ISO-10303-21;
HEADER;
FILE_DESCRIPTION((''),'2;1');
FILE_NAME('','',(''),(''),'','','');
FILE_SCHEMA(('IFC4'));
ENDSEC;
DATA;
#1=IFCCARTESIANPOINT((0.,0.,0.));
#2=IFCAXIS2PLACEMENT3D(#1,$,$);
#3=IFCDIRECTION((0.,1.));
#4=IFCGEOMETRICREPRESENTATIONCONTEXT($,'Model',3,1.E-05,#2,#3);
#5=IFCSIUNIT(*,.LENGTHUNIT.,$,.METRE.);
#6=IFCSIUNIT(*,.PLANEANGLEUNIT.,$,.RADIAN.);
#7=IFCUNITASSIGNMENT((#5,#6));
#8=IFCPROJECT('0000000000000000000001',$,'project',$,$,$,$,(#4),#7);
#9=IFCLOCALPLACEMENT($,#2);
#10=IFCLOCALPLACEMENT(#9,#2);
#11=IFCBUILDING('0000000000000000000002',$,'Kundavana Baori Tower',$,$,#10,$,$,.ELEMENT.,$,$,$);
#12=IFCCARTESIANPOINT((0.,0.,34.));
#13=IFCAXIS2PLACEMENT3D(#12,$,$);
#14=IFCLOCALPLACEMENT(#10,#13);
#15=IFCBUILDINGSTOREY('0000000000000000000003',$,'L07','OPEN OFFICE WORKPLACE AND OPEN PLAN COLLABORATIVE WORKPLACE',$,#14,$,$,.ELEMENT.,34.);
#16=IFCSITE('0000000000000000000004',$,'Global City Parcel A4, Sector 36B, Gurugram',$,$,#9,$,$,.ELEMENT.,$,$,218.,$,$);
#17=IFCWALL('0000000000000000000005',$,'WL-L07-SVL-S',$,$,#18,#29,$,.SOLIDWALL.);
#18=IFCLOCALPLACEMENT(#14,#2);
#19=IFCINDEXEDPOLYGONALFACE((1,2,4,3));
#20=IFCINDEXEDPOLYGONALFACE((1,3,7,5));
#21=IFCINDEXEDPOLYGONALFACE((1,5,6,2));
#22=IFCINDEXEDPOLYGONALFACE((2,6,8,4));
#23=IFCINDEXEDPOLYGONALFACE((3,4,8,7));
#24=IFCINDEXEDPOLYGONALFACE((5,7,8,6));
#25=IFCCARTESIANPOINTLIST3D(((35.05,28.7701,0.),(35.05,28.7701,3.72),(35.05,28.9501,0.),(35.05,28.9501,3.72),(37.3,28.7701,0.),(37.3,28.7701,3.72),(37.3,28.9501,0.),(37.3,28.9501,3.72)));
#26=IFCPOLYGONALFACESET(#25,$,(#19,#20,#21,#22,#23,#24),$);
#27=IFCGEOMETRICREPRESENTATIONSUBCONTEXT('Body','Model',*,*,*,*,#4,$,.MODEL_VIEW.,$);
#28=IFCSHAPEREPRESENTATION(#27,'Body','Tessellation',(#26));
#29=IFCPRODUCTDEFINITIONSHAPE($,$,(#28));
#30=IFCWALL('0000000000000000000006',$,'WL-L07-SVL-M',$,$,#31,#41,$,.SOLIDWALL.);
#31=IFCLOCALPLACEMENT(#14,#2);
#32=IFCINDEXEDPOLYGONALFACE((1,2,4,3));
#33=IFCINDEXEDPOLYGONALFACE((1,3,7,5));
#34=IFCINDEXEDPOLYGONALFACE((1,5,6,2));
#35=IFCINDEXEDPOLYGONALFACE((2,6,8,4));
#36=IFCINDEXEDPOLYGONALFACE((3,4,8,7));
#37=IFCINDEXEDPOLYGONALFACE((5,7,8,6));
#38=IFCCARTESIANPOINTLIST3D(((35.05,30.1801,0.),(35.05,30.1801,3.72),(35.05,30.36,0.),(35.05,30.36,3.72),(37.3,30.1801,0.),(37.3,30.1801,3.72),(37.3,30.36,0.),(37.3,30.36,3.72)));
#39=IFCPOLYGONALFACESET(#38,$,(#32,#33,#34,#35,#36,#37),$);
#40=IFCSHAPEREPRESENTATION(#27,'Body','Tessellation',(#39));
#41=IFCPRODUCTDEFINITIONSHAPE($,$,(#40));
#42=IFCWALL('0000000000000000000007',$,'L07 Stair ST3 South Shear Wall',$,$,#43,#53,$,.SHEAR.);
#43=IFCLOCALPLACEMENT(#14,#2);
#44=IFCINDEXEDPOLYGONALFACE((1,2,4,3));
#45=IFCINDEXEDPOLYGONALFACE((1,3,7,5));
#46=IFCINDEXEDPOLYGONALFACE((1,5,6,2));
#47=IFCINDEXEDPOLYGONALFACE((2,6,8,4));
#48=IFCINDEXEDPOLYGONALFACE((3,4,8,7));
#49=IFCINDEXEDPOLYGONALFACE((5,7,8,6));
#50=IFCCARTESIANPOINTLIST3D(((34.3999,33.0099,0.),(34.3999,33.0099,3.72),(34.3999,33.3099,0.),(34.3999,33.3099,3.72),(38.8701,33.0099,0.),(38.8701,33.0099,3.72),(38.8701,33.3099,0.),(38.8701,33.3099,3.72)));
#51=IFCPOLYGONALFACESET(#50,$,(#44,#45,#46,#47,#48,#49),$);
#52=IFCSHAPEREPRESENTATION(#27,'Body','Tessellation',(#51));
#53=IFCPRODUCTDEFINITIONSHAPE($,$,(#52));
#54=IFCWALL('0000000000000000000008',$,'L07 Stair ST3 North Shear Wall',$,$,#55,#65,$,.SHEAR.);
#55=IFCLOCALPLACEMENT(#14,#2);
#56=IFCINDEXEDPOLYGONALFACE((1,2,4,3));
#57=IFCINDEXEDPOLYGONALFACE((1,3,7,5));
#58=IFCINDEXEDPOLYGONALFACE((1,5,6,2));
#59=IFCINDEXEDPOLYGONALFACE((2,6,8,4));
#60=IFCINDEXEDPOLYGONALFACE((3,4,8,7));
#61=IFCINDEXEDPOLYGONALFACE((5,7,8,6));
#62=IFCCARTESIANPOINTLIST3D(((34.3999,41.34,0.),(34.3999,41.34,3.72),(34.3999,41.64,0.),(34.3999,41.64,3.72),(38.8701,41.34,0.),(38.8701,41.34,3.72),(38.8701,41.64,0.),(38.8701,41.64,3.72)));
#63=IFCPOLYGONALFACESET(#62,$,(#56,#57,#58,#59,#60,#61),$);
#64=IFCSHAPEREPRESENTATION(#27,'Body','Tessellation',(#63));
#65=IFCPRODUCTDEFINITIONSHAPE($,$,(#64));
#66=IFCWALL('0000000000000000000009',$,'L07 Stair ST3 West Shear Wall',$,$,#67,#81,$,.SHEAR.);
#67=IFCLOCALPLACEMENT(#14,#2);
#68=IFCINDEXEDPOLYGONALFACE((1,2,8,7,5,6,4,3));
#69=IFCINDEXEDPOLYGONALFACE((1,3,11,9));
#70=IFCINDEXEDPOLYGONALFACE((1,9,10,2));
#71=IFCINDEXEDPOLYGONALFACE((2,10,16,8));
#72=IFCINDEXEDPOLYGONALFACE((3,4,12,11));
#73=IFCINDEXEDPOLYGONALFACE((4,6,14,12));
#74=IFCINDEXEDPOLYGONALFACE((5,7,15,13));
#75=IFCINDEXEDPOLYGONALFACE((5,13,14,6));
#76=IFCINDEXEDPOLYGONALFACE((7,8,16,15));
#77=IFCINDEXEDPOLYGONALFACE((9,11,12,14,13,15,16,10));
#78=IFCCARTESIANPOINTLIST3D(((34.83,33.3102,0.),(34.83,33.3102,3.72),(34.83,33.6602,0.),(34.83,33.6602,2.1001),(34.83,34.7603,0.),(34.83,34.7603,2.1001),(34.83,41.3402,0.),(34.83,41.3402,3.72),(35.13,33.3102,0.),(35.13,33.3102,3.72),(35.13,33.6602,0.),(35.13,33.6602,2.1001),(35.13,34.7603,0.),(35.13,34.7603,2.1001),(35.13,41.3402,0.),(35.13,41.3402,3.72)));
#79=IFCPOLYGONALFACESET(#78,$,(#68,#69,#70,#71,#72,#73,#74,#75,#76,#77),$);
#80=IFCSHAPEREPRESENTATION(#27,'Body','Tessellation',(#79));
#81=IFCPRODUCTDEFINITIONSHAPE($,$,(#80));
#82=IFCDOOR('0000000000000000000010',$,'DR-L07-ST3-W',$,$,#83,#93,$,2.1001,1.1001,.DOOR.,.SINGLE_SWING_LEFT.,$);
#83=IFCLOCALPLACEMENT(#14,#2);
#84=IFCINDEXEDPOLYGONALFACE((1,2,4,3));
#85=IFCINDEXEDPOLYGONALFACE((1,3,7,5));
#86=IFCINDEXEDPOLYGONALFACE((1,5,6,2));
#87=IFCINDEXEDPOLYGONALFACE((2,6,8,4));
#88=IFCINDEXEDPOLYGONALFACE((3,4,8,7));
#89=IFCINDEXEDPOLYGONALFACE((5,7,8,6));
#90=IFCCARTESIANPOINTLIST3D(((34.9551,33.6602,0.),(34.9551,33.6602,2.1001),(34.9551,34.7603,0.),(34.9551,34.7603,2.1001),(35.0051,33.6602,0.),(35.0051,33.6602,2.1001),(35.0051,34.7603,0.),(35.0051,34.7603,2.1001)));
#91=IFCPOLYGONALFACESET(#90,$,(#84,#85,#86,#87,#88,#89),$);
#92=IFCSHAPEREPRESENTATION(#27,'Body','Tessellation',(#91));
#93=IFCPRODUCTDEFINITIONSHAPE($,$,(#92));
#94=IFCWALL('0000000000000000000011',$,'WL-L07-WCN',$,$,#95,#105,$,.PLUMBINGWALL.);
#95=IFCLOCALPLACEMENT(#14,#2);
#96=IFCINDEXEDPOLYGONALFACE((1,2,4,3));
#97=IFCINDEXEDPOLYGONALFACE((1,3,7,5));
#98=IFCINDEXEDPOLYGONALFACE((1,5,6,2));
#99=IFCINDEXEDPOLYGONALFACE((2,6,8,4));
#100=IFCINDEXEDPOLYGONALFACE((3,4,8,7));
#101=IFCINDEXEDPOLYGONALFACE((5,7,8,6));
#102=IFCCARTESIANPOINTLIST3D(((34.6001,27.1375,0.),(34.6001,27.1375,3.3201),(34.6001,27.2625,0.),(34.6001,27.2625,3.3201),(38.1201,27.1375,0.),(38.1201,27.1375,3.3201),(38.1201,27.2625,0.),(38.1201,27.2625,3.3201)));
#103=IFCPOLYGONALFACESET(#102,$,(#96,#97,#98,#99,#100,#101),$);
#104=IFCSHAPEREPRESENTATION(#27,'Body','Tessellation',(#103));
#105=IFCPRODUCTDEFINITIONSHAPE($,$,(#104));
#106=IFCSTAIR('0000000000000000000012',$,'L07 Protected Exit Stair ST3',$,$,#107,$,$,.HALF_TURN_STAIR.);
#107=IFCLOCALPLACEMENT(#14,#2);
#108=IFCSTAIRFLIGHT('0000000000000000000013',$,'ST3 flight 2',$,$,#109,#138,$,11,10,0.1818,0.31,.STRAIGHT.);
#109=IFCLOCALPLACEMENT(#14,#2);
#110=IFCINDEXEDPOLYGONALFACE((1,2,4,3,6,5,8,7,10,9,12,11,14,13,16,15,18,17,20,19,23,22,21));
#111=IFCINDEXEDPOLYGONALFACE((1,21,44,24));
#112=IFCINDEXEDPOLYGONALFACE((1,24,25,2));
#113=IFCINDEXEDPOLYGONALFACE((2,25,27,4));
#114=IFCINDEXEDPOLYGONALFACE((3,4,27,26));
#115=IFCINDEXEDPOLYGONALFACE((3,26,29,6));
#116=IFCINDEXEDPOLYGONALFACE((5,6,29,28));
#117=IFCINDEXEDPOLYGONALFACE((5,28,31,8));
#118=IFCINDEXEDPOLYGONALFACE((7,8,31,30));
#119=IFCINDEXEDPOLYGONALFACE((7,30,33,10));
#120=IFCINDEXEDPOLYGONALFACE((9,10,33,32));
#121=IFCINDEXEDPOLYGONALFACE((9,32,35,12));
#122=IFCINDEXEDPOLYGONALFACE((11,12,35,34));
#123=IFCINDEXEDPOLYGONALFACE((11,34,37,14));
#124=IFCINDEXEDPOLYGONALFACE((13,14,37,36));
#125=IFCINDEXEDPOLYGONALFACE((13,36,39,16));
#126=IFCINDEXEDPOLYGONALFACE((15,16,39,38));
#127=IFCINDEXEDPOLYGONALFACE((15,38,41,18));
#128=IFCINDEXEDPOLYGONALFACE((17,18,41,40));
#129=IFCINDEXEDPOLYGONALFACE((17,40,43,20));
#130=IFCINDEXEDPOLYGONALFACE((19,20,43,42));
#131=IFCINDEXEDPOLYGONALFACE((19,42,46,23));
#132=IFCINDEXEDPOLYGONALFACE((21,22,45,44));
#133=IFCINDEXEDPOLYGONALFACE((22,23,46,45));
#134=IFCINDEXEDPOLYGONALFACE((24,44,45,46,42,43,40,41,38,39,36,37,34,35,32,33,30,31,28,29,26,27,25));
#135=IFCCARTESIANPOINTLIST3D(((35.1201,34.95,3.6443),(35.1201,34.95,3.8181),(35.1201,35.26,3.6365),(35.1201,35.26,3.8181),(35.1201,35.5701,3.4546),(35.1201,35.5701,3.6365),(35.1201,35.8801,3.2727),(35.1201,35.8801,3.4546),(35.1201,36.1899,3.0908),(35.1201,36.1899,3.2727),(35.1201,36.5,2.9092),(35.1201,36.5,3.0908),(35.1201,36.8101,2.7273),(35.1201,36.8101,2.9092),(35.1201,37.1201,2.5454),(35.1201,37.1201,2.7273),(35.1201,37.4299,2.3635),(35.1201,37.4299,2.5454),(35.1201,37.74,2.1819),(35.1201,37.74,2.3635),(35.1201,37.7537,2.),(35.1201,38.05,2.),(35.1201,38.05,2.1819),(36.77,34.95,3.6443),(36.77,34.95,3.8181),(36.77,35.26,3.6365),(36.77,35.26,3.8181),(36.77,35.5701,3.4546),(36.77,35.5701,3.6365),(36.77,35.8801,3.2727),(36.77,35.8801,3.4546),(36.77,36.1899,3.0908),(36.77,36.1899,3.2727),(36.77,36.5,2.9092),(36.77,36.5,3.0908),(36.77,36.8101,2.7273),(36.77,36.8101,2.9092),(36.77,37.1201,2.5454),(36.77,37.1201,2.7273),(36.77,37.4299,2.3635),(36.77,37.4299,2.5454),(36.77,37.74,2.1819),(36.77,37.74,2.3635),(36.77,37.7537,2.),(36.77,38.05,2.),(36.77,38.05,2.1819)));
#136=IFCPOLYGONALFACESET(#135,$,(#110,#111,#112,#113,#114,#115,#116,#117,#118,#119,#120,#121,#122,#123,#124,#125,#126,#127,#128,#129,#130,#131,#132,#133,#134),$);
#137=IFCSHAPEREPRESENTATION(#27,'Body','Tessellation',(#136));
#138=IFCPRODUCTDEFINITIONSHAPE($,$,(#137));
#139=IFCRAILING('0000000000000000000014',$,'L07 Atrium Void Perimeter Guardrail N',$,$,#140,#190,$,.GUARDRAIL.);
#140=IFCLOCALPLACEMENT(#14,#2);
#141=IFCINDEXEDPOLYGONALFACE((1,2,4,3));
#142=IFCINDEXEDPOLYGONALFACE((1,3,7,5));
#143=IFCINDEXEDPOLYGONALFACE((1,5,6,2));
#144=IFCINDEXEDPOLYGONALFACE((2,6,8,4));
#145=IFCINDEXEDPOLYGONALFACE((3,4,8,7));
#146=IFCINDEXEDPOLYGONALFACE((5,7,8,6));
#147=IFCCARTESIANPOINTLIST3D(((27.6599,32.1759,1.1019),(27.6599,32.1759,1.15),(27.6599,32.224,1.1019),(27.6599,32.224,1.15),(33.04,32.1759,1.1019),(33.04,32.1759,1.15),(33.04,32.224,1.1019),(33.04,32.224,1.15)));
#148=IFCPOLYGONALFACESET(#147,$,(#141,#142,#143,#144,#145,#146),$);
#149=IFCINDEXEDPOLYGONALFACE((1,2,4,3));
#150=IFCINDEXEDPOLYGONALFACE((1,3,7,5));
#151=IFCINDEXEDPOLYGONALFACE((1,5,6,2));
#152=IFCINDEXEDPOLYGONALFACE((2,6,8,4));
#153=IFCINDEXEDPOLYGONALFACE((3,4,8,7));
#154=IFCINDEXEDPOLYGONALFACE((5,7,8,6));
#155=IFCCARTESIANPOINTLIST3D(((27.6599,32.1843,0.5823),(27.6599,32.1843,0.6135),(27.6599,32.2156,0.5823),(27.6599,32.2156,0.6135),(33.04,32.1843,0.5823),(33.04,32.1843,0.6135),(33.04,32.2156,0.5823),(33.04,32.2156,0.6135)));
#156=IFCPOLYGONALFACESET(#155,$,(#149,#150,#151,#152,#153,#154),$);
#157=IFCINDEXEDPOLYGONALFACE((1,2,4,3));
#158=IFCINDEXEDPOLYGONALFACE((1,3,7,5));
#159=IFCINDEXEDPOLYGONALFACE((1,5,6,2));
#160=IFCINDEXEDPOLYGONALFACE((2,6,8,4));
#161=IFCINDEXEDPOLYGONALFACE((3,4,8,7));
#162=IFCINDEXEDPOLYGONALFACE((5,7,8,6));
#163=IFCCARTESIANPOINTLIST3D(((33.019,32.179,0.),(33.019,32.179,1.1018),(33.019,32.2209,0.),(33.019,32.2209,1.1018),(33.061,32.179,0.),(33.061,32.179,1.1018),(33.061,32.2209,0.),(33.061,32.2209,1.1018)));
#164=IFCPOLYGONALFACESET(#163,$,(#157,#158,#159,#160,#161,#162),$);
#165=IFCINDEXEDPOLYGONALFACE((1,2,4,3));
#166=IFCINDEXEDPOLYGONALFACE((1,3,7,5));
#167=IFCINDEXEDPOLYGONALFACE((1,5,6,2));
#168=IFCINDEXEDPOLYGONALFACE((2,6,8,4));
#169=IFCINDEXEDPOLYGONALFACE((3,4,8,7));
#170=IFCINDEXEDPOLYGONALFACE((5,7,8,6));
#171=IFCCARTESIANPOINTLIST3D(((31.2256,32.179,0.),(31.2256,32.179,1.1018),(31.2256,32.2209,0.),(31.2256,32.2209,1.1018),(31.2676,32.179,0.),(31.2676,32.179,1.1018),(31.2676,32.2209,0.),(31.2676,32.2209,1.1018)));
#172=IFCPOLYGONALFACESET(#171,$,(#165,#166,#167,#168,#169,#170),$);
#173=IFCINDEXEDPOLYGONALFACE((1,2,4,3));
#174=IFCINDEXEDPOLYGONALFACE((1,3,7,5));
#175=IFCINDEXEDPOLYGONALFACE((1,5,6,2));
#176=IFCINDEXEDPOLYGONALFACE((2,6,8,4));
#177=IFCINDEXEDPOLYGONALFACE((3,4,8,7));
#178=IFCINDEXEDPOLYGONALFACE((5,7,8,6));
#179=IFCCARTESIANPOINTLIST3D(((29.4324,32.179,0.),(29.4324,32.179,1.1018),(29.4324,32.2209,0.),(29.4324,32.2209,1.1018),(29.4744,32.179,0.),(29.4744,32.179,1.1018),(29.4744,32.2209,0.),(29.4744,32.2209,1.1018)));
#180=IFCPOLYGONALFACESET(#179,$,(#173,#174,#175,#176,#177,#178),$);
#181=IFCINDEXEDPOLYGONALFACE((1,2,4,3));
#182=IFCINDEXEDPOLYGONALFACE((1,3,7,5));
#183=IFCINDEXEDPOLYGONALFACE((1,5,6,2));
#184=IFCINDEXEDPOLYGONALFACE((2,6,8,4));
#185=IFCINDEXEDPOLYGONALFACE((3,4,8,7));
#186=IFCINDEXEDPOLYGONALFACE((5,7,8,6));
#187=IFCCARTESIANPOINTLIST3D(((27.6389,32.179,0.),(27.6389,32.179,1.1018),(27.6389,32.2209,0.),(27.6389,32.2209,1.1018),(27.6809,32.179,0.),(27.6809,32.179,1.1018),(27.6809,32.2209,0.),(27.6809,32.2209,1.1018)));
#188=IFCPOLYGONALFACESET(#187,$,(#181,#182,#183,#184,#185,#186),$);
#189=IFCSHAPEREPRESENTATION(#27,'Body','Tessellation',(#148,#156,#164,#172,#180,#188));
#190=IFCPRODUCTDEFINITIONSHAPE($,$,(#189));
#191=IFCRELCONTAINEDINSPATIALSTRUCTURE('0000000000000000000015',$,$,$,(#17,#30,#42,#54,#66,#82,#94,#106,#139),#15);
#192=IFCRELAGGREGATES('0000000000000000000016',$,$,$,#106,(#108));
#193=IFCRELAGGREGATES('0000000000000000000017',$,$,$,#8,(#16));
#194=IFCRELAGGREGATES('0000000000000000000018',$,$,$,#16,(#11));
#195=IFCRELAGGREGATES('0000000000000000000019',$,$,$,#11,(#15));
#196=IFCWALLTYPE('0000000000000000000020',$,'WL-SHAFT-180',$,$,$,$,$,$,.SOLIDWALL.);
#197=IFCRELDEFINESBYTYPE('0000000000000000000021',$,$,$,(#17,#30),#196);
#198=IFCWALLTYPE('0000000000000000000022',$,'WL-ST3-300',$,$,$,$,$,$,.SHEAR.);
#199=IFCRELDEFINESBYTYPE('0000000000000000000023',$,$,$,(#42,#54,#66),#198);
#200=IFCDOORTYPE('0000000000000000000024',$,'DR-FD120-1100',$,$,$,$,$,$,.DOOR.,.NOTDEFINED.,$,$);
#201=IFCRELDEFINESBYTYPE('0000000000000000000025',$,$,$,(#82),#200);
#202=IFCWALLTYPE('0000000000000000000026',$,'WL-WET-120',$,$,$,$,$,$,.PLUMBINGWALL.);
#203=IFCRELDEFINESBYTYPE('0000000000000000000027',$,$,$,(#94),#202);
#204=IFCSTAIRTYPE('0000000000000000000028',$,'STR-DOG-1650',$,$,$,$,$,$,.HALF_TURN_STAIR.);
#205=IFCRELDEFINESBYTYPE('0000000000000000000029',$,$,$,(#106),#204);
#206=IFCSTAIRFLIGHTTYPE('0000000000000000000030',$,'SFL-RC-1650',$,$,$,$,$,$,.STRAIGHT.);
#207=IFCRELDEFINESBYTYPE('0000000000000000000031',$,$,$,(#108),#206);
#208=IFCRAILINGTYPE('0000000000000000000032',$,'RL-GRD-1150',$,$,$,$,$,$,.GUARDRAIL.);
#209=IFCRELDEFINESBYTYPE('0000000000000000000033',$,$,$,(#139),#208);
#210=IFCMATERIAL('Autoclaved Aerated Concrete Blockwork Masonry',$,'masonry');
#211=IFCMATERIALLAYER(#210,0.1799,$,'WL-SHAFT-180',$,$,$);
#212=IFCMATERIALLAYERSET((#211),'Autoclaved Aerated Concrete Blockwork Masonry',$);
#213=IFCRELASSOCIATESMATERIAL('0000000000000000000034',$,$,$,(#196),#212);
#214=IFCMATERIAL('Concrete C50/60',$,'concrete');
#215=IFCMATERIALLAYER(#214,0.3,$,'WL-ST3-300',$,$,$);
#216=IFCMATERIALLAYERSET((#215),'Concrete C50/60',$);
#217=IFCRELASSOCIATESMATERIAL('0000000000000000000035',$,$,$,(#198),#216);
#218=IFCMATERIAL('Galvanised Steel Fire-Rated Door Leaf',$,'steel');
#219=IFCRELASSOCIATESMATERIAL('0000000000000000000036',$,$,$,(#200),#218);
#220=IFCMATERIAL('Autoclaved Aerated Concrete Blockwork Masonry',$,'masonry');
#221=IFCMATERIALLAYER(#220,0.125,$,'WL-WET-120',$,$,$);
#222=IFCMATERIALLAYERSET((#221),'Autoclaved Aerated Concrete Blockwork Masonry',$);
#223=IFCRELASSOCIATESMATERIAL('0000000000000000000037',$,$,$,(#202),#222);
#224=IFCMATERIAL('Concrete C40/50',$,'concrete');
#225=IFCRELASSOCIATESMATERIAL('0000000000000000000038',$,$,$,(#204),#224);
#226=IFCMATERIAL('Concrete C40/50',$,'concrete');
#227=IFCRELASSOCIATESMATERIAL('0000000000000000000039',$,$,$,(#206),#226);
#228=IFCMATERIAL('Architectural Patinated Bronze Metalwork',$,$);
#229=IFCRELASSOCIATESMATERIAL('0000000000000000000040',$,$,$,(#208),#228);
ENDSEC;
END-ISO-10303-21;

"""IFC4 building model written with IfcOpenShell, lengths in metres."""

from ifc_helpers import new_model, si_unit, direction, frame, frame_2d, origin, origin_2d, place, context, subcontext, project, spatial, polyline, rectangle, outline, extrude, material, layer, layer_set, type_object, element, fill, aggregate, save


model = new_model("IFC4")

# Units and contexts
model_context = context("Model", 3, precision=1e-05, world=origin(), true_north=direction((0.0, 1.0)))
body_context = subcontext(model_context, "Body", "Model", "MODEL_VIEW")
ifc_project = project(units=[si_unit("LENGTHUNIT", "METRE"), si_unit("PLANEANGLEUNIT", "RADIAN")], contexts=[model_context])

# Site, building, storey
site_placement = place(None, origin())
site = spatial("IfcSite", under=ifc_project, at=site_placement, Name="Global City Parcel A4, Sector 36B, Gurugram", CompositionType="ELEMENT", RefElevation=218.0)
building_placement = place(site_placement, origin())
building = spatial("IfcBuilding", under=site, at=building_placement, Name="Kundavana Baori Tower", CompositionType="ELEMENT")
storey_placement = place(building_placement, frame((0.0, 0.0, 34.0)))
storey = spatial("IfcBuildingStorey", under=building, at=storey_placement, Name="L07", Description="OPEN OFFICE WORKPLACE AND OPEN PLAN COLLABORATIVE WORKPLACE", CompositionType="ELEMENT", Elevation=34.0)

# Walls
ifc_material_1 = material(Name="Autoclaved Aerated Concrete Blockwork Masonry", Category="masonry")
ifc_layer_1 = layer(ifc_material_1, 0.1799, Name="WL-SHAFT-180")
ifc_layer_set_1 = layer_set([ifc_layer_1], Name="Autoclaved Aerated Concrete Blockwork Masonry")
wall_type_1 = type_object("IfcWallType", Name="WL-SHAFT-180", PredefinedType="SOLIDWALL", material=ifc_layer_set_1)
for number, where, z_axis, x_axis, name in (
    (1, (35.05, 28.8601, 0.0), (0.0, 0.0, 1.0), (1.0, 0.0, 0.0), "WL-L07-SVL-S"),
    (2, (35.05, 30.27, 0.0), (0.0, 0.0, 1.0), (1.0, 0.0, 0.0), "WL-L07-SVL-M"),
):
    element("IfcWall", number, at=place(storey_placement, frame(where, z_axis=z_axis, x_axis=x_axis)), inside=storey, type_object=wall_type_1, Name=name, PredefinedType="SOLIDWALL", context=body_context, shape_type="SweptSolid", body=[
        extrude(rectangle(XDim=2.25, YDim=0.1799, at=frame_2d((1.125, 0.0))), origin(), (0.0, 0.0, 1.0), 3.72),
    ])
ifc_material_2 = material(Name="Concrete C50/60", Category="concrete")
ifc_layer_2 = layer(ifc_material_2, 0.3, Name="WL-ST3-300")
ifc_layer_set_2 = layer_set([ifc_layer_2], Name="Concrete C50/60")
wall_type_2 = type_object("IfcWallType", Name="WL-ST3-300", PredefinedType="SHEAR", material=ifc_layer_set_2)
for number, where, z_axis, x_axis, name in (
    (3, (34.3999, 33.1599, 0.0), (0.0, 0.0, 1.0), (1.0, 0.0, 0.0), "L07 Stair ST3 South Shear Wall"),
    (4, (34.3999, 41.49, 0.0), (0.0, 0.0, 1.0), (1.0, 0.0, 0.0), "L07 Stair ST3 North Shear Wall"),
):
    element("IfcWall", number, at=place(storey_placement, frame(where, z_axis=z_axis, x_axis=x_axis)), inside=storey, type_object=wall_type_2, Name=name, PredefinedType="SHEAR", context=body_context, shape_type="SweptSolid", body=[
        extrude(rectangle(XDim=4.4702, YDim=0.3, at=frame_2d((2.2351, 0.0))), origin(), (0.0, 0.0, 1.0), 3.72),
    ])

# Wall, opening, door
wall_1_placement = place(storey_placement, frame((34.98, 33.3101, 0.0), z_axis=(0.0, 0.0, 1.0), x_axis=(0.0, 1.0, 0.0)))
wall_1 = element("IfcWall", 5, at=wall_1_placement, inside=storey, type_object=wall_type_2, Name="L07 Stair ST3 West Shear Wall", PredefinedType="SHEAR", context=body_context, shape_type="SweptSolid", body=[
    extrude(rectangle(XDim=8.03, YDim=0.3, at=frame_2d((4.0151, 0.0))), origin(), (0.0, 0.0, 1.0), 3.72),
])
opening_1_placement = place(wall_1_placement, frame((0.3501, 0.0, 0.0)))
opening_1 = element("IfcOpeningElement", 6, at=opening_1_placement, cuts=wall_1, PredefinedType="OPENING", context=body_context, shape_type="SweptSolid", body=[
    extrude(rectangle(XDim=1.1001, YDim=2.1001, at=frame_2d((0.55, 1.05))), frame((0.0, 0.1602, 0.0), z_axis=(0.0, -1.0, 0.0), x_axis=(1.0, 0.0, 0.0)), (0.0, 0.0, 1.0), 0.3201),
])
ifc_material_3 = material(Name="Galvanised Steel Fire-Rated Door Leaf", Category="steel")
door_type_1 = type_object("IfcDoorType", Name="DR-FD120-1100", OperationType="NOTDEFINED", PredefinedType="DOOR", material=ifc_material_3)
door_1_placement = place(opening_1_placement, origin())
door_1 = element("IfcDoor", 7, at=door_1_placement, inside=storey, type_object=door_type_1, Name="DR-L07-ST3-W", OperationType="SINGLE_SWING_LEFT", OverallHeight=2.1001, OverallWidth=1.1001, PredefinedType="DOOR", context=body_context, shape_type="SweptSolid", body=[
    extrude(rectangle(XDim=1.1001, YDim=2.1001, at=frame_2d((0.55, 1.05))), frame((0.0, 0.0249, 0.0), z_axis=(0.0, -1.0, 0.0), x_axis=(1.0, 0.0, 0.0)), (0.0, 0.0, 1.0), 0.05),
])
fill(opening_1, door_1)

# Wall
ifc_material_4 = material(Name="Autoclaved Aerated Concrete Blockwork Masonry", Category="masonry")
ifc_layer_3 = layer(ifc_material_4, 0.125, Name="WL-WET-120")
ifc_layer_set_3 = layer_set([ifc_layer_3], Name="Autoclaved Aerated Concrete Blockwork Masonry")
wall_type_3 = type_object("IfcWallType", Name="WL-WET-120", PredefinedType="PLUMBINGWALL", material=ifc_layer_set_3)
wall_2_placement = place(storey_placement, frame((34.6001, 27.2, 0.0), z_axis=(0.0, 0.0, 1.0), x_axis=(1.0, 0.0, 0.0)))
element("IfcWall", 8, at=wall_2_placement, inside=storey, type_object=wall_type_3, Name="WL-L07-WCN", PredefinedType="PLUMBINGWALL", context=body_context, shape_type="SweptSolid", body=[
    extrude(rectangle(XDim=3.52, YDim=0.125, at=frame_2d((1.76, 0.0))), origin(), (0.0, 0.0, 1.0), 3.3201),
])

# Stair, stair flight
ifc_material_5 = material(Name="Concrete C40/50", Category="concrete")
stair_type = type_object("IfcStairType", Name="STR-DOG-1650", PredefinedType="HALF_TURN_STAIR", material=ifc_material_5)
stair_placement = place(storey_placement, origin())
stair = element("IfcStair", 9, at=stair_placement, inside=storey, type_object=stair_type, Name="L07 Protected Exit Stair ST3", PredefinedType="HALF_TURN_STAIR")
ifc_material_6 = material(Name="Concrete C40/50", Category="concrete")
stair_flight_type = type_object("IfcStairFlightType", Name="SFL-RC-1650", PredefinedType="STRAIGHT", material=ifc_material_6)
stair_flight_placement = place(storey_placement, frame((35.9451, 38.05, 2.0), z_axis=(0.0, 0.0, 1.0), x_axis=(0.0, -1.0, 0.0)))
stair_flight = element("IfcStairFlight", 10, at=stair_flight_placement, type_object=stair_flight_type, Name="ST3 flight 2", NumberOfRisers=11, NumberOfTreads=10, PredefinedType="STRAIGHT", RiserHeight=0.1818, TreadLength=0.31, context=body_context, shape_type="SweptSolid", body=[
    extrude(outline(polyline([(0.0, 0.0), (0.0, 0.1819), (0.3101, 0.1819), (0.3101, 0.3635), (0.6201, 0.3635), (0.6201, 0.5454), (0.9299, 0.5454), (0.9299, 0.7273), (1.24, 0.7273), (1.24, 0.9092), (1.55, 0.9092), (1.55, 1.0908), (1.8601, 1.0908), (1.8601, 1.2727), (2.1699, 1.2727), (2.1699, 1.4546), (2.48, 1.4546), (2.48, 1.6365), (2.79, 1.6365), (2.79, 1.8181), (3.1001, 1.8181), (3.1001, 2.0), (3.1001, 1.6443), (0.2964, 0.0), (0.0, 0.0)])), frame((0.0, 0.825, 0.0), z_axis=(0.0, -1.0, 0.0), x_axis=(1.0, 0.0, 0.0)), (0.0, 0.0, 1.0), 1.6499),
])
aggregate(stair, [stair_flight])

# Railing
ifc_material_7 = material(Name="Architectural Patinated Bronze Metalwork")
railing_type_1 = type_object("IfcRailingType", Name="RL-GRD-1150", PredefinedType="GUARDRAIL", material=ifc_material_7)
railing_1_placement = place(storey_placement, frame((33.04, 32.2, 0.0)))
element("IfcRailing", 11, at=railing_1_placement, inside=storey, type_object=railing_type_1, Name="L07 Atrium Void Perimeter Guardrail N", PredefinedType="GUARDRAIL", context=body_context, shape_type="SweptSolid", body=[
    extrude(rectangle(XDim=0.0481, YDim=0.0481, at=origin_2d()), frame((0.0, 0.0, 1.126), z_axis=(-1.0, 0.0, 0.0), x_axis=(0.0, -1.0, 0.0)), (0.0, 0.0, 1.0), 5.3801),
    extrude(rectangle(XDim=0.0312, YDim=0.0312, at=origin_2d()), frame((0.0, 0.0, 0.5979), z_axis=(-1.0, 0.0, 0.0), x_axis=(0.0, -1.0, 0.0)), (0.0, 0.0, 1.0), 5.3801),
    extrude(rectangle(XDim=0.042, YDim=0.042, at=origin_2d()), origin(), (0.0, 0.0, 1.0), 1.1018),
    extrude(rectangle(XDim=0.042, YDim=0.042, at=origin_2d()), frame((-1.7935, 0.0, 0.0)), (0.0, 0.0, 1.0), 1.1018),
    extrude(rectangle(XDim=0.042, YDim=0.042, at=origin_2d()), frame((-3.5867, 0.0, 0.0)), (0.0, 0.0, 1.0), 1.1018),
    extrude(rectangle(XDim=0.042, YDim=0.042, at=origin_2d()), frame((-5.3801, 0.0, 0.0)), (0.0, 0.0, 1.0), 1.1018),
])

save(model, "model.ifc")
